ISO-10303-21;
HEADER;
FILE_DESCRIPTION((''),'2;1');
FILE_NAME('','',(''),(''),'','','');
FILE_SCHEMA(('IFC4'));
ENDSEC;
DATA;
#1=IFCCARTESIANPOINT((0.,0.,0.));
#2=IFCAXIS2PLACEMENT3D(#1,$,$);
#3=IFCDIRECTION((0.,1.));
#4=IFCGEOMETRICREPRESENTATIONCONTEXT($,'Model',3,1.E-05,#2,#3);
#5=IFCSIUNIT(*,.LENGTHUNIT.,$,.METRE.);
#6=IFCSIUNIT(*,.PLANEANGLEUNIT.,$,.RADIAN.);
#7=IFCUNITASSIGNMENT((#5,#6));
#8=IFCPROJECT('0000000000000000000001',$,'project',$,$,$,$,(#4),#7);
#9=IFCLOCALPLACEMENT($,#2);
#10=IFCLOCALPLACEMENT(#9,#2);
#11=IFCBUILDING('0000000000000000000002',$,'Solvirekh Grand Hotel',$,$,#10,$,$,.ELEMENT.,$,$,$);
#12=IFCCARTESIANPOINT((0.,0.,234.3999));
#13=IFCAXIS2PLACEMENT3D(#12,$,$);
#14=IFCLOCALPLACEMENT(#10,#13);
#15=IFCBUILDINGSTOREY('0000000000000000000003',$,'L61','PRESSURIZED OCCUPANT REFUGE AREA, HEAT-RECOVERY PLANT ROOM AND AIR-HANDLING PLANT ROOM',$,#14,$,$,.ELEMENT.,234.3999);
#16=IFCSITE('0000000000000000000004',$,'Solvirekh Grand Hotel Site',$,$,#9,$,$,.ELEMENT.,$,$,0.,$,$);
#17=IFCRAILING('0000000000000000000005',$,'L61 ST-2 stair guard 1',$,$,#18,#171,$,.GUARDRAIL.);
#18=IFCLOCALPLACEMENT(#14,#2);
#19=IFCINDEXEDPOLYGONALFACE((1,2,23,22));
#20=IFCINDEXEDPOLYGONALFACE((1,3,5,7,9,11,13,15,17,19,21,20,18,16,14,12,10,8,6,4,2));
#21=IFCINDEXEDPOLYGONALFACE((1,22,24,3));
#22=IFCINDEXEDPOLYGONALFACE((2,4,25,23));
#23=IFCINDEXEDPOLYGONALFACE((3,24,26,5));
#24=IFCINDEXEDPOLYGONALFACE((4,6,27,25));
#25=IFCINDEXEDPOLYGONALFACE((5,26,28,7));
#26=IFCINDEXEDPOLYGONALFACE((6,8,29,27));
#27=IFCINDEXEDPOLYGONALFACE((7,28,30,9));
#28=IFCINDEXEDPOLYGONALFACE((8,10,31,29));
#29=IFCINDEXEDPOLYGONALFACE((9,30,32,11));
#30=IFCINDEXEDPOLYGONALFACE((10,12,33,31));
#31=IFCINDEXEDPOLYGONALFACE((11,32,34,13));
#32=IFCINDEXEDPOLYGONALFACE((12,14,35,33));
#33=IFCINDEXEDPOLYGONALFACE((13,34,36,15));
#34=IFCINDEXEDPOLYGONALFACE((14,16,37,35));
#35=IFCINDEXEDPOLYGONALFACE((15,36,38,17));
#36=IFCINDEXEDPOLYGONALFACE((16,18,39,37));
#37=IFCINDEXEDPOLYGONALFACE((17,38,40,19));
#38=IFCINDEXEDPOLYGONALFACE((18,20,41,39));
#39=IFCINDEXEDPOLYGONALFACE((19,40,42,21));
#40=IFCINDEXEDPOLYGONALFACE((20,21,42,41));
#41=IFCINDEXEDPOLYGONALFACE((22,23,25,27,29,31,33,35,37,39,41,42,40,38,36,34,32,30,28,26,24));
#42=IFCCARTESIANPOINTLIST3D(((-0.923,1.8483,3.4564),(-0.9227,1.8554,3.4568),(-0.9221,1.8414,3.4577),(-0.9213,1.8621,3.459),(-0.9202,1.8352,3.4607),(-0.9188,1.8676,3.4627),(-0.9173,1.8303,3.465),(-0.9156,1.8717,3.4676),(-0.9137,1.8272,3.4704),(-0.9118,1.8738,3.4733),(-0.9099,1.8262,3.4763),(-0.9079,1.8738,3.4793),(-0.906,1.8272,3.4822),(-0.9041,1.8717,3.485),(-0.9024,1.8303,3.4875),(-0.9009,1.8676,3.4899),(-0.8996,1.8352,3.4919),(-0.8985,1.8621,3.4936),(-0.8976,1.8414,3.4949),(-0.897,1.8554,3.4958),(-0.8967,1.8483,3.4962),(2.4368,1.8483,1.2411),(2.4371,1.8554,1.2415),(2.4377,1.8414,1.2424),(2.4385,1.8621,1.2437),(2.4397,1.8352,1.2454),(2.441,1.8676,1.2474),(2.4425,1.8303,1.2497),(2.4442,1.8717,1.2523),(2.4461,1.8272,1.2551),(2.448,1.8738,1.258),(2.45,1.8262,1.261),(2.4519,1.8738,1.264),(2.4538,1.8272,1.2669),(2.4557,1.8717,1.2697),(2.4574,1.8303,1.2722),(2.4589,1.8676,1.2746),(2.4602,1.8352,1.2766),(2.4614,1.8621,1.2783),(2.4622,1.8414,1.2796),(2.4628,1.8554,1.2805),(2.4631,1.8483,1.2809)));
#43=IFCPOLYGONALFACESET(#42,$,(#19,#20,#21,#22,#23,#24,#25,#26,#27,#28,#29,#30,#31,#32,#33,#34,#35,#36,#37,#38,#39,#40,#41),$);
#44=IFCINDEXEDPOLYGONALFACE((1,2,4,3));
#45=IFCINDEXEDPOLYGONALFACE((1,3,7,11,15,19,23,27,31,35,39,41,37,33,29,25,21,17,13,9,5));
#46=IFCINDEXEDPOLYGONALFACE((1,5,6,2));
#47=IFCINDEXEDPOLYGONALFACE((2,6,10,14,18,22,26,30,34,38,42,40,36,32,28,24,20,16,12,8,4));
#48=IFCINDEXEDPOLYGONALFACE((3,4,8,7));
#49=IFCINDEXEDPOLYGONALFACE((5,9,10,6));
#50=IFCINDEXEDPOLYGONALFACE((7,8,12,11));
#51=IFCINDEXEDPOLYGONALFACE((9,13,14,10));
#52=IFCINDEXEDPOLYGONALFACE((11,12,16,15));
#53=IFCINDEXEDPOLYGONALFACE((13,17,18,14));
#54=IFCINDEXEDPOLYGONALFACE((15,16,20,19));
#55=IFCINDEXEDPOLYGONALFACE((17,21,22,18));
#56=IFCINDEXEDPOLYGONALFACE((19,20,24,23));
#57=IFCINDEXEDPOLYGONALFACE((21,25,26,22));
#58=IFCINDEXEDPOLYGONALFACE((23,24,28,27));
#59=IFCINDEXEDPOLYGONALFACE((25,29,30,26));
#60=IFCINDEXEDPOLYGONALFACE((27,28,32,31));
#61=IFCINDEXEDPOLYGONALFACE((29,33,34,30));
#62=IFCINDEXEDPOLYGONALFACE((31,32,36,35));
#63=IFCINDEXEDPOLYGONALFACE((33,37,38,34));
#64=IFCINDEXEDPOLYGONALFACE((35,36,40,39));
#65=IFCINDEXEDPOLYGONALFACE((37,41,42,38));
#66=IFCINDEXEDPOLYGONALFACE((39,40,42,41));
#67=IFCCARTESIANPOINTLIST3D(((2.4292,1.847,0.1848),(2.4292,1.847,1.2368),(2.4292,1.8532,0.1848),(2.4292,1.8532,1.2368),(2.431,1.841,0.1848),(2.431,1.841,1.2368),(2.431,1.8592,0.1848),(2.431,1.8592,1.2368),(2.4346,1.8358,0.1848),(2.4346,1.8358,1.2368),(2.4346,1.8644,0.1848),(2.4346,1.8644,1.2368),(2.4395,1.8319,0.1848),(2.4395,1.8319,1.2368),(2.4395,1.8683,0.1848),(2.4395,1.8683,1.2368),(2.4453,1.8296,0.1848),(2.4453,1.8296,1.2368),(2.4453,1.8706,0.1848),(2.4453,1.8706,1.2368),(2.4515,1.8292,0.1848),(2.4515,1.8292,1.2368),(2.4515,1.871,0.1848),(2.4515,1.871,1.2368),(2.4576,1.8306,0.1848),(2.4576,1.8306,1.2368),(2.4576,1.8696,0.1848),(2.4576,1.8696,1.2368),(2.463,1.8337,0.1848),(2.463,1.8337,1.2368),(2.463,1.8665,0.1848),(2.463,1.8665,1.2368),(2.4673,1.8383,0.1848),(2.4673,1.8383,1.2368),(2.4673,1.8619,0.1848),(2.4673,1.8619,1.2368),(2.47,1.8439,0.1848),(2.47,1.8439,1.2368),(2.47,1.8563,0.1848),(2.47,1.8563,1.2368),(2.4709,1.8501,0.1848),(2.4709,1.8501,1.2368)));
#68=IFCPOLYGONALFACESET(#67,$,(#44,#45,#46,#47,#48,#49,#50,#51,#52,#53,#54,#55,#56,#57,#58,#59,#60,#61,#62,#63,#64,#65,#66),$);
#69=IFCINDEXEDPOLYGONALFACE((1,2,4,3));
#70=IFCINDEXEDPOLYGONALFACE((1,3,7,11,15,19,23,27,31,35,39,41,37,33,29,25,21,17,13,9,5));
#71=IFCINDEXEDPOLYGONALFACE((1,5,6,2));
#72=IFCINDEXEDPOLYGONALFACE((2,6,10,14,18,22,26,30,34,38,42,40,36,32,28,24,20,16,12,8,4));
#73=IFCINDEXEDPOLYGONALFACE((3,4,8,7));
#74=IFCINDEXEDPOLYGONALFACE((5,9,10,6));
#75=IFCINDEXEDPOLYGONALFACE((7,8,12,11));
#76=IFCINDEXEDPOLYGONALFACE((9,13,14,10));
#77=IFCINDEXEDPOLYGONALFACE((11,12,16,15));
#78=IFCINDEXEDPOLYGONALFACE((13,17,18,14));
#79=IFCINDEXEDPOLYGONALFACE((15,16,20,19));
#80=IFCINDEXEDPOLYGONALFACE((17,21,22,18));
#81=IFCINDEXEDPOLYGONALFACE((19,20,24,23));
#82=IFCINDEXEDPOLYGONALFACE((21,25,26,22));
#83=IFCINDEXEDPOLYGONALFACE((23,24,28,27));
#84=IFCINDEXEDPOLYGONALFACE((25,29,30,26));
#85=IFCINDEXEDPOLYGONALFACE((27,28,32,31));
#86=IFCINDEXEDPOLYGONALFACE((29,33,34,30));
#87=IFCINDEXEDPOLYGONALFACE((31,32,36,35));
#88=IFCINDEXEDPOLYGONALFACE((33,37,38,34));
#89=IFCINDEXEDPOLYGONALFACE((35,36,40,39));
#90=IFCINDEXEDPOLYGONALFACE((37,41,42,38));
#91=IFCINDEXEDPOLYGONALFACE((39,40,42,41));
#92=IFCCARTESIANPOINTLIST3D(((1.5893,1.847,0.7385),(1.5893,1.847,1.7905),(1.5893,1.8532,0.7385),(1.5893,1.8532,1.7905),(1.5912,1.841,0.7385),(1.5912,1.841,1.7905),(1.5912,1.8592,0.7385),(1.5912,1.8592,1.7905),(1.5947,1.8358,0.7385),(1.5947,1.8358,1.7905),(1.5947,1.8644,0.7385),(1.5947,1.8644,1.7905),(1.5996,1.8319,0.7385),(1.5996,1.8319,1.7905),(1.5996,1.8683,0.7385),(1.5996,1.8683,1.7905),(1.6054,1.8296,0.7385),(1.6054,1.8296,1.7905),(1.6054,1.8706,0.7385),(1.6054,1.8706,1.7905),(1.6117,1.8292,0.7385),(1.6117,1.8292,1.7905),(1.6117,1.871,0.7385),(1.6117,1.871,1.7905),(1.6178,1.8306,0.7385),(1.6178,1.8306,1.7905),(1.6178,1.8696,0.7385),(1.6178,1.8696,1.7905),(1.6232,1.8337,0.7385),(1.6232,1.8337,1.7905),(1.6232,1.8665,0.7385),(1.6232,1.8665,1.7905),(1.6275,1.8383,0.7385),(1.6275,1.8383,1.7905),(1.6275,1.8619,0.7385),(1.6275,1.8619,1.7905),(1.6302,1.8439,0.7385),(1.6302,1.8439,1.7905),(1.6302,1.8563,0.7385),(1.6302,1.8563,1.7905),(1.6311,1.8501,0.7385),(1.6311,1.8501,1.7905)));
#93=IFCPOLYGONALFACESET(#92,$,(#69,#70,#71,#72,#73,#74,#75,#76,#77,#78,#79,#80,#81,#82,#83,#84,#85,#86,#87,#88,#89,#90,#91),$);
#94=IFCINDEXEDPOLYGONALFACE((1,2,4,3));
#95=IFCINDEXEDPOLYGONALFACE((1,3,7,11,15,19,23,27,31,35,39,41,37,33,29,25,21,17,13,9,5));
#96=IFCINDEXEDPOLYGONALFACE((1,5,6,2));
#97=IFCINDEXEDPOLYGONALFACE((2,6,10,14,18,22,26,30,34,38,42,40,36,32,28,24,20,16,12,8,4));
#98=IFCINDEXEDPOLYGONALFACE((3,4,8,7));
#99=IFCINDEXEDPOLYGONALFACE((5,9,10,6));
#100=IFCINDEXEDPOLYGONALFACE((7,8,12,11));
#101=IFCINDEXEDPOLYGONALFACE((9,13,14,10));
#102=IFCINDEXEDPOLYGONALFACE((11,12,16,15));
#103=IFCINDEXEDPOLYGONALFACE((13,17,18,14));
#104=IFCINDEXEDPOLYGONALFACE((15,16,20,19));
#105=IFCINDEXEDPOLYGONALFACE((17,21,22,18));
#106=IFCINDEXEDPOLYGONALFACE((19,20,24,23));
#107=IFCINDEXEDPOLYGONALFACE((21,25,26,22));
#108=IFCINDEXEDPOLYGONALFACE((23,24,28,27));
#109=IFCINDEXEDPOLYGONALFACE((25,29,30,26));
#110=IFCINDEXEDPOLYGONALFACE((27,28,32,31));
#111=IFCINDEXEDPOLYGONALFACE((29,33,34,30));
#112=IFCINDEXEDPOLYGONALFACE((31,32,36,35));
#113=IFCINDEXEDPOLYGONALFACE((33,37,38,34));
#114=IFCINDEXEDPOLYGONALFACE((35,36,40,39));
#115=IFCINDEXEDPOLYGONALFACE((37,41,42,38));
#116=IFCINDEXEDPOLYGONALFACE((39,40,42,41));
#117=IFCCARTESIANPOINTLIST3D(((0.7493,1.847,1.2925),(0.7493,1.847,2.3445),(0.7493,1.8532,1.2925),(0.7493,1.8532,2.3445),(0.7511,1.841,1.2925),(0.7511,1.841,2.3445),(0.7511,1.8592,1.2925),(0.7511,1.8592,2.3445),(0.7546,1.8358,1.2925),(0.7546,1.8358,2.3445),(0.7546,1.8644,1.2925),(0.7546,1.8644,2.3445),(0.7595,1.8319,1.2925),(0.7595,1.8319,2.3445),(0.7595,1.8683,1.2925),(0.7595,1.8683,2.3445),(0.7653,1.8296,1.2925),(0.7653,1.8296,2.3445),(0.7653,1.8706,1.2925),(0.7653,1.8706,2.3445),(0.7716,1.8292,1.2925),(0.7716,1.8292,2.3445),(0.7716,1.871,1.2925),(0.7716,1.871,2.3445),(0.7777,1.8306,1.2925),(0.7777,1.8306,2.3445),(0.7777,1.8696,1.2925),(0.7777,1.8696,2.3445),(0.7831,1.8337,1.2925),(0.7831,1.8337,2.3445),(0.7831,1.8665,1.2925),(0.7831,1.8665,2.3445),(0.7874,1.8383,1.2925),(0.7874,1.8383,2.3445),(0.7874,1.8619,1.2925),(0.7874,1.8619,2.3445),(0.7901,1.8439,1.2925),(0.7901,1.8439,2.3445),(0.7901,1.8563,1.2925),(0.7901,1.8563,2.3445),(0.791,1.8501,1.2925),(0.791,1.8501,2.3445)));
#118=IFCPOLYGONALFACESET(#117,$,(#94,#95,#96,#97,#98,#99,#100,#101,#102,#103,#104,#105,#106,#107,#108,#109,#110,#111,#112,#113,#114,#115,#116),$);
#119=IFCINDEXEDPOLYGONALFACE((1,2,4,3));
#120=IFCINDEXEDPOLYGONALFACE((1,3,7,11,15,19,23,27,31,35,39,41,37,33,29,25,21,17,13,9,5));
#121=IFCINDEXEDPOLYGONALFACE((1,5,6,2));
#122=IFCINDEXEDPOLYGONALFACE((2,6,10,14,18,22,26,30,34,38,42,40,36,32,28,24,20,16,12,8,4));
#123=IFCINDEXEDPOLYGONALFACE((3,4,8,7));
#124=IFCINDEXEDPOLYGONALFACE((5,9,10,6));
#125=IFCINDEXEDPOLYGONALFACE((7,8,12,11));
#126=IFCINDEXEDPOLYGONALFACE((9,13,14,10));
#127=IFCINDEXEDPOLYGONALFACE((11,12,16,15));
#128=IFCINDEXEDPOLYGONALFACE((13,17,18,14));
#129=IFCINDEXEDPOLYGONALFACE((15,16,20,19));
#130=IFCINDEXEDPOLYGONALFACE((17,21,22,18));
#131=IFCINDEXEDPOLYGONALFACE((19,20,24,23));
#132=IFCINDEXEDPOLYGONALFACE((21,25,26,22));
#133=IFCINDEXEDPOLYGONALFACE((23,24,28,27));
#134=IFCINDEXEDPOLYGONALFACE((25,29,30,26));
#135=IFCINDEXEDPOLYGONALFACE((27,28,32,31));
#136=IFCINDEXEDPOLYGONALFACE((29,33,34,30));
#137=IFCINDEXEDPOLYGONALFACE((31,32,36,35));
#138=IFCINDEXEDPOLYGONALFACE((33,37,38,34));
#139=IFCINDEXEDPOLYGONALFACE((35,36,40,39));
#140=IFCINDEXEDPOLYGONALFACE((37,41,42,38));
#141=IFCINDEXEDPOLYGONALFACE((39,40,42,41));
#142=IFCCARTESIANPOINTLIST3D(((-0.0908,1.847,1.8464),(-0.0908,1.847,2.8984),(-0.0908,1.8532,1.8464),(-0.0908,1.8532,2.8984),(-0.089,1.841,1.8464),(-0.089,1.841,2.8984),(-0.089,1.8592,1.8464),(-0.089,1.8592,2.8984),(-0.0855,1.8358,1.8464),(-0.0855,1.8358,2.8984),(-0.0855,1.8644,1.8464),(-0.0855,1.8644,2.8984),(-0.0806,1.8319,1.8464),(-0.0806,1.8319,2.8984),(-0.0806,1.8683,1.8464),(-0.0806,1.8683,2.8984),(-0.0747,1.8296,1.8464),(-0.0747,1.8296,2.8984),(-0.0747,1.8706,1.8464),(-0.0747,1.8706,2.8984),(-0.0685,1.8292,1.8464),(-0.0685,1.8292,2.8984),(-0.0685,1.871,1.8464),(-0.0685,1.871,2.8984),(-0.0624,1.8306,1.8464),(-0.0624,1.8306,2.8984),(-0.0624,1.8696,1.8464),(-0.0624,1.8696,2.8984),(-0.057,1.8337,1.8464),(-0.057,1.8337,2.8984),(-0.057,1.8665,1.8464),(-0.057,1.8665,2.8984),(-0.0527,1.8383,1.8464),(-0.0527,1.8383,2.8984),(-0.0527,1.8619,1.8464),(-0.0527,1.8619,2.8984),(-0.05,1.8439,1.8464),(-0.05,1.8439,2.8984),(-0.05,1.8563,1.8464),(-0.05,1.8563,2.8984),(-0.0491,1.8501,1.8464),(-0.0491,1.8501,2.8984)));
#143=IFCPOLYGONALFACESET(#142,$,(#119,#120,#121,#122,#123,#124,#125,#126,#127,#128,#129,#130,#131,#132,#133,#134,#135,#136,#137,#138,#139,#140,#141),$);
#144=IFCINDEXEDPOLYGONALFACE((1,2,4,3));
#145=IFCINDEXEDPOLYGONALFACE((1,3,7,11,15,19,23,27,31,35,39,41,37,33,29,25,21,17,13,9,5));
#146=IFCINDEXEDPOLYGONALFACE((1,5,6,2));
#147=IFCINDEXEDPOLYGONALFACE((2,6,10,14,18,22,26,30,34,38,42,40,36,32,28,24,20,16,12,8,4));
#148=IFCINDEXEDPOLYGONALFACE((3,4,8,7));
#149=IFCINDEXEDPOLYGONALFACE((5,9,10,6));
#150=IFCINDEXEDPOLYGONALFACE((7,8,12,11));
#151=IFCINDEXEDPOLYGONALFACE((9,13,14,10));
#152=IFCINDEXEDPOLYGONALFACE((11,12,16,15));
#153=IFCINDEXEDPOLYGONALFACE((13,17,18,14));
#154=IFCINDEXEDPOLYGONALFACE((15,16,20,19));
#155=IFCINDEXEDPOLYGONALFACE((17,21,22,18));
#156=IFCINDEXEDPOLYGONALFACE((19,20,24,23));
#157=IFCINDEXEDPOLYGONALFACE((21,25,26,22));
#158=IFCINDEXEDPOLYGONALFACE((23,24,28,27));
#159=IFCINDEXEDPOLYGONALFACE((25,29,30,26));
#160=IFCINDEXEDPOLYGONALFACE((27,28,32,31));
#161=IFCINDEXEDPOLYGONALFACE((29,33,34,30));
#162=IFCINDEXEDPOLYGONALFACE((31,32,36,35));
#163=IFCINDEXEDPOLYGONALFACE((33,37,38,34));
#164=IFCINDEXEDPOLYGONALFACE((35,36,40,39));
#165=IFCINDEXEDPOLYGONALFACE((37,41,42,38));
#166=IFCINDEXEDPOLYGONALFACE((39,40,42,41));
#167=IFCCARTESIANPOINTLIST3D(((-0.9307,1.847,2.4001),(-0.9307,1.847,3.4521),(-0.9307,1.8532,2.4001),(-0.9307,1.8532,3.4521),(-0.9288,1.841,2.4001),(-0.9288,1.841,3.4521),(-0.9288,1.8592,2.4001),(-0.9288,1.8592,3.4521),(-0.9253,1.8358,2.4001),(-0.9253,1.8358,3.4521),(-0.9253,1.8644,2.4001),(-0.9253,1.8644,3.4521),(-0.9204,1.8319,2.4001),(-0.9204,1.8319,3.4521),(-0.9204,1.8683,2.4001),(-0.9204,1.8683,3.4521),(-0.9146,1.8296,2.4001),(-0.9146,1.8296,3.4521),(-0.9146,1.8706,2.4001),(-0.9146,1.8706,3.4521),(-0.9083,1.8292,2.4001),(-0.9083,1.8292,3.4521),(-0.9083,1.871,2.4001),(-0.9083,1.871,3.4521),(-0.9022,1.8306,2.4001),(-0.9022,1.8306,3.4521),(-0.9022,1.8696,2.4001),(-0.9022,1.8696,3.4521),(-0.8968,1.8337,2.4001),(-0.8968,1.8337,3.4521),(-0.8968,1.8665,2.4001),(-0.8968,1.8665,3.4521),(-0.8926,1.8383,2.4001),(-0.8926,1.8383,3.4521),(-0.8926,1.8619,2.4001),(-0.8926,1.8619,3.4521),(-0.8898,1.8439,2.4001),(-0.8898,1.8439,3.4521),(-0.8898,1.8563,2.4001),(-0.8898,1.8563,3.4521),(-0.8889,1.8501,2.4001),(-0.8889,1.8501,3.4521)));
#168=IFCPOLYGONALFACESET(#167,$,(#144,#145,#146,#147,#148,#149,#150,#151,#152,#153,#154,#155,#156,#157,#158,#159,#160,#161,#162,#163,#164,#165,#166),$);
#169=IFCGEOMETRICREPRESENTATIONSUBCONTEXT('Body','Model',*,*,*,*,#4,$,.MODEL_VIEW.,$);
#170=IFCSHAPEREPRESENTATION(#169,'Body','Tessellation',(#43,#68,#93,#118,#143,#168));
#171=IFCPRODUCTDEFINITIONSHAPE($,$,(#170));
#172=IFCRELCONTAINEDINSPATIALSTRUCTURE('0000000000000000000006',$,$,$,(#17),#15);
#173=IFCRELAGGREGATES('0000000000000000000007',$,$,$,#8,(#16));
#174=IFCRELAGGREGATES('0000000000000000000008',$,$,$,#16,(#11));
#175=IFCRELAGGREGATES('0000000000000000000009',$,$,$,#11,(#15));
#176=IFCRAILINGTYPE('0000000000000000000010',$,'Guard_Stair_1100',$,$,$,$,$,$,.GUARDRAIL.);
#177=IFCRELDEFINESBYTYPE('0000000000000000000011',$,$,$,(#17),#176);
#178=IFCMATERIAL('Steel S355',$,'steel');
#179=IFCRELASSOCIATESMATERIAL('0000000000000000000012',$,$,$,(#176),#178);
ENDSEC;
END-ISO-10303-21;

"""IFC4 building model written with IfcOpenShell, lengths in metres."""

from ifc_helpers import new_model, si_unit, direction, frame, origin, origin_2d, place, context, subcontext, project, spatial, circle, extrude, material, type_object, element, save


model = new_model("IFC4")

# Units and contexts
model_context = context("Model", 3, precision=1e-05, world=origin(), true_north=direction((0.0, 1.0)))
body_context = subcontext(model_context, "Body", "Model", "MODEL_VIEW")
ifc_project = project(units=[si_unit("LENGTHUNIT", "METRE"), si_unit("PLANEANGLEUNIT", "RADIAN")], contexts=[model_context])

# Site, building, storey
site_placement = place(None, origin())
site = spatial("IfcSite", under=ifc_project, at=site_placement, Name="Solvirekh Grand Hotel Site", CompositionType="ELEMENT", RefElevation=0.0)
building_placement = place(site_placement, origin())
building = spatial("IfcBuilding", under=site, at=building_placement, Name="Solvirekh Grand Hotel", CompositionType="ELEMENT")
storey_placement = place(building_placement, frame((0.0, 0.0, 234.3999)))
storey = spatial("IfcBuildingStorey", under=building, at=storey_placement, Name="L61", Description="PRESSURIZED OCCUPANT REFUGE AREA, HEAT-RECOVERY PLANT ROOM AND AIR-HANDLING PLANT ROOM", CompositionType="ELEMENT", Elevation=234.3999)

# Shared definitions
ifc_material_1 = material(Name="Steel S355", Category="steel")

# Railing
railing_type_1 = type_object("IfcRailingType", Name="Guard_Stair_1100", PredefinedType="GUARDRAIL", material=ifc_material_1)
railing_1_placement = place(storey_placement, frame((2.45, 1.8501, 0.1848)))
element("IfcRailing", 1, at=railing_1_placement, inside=storey, type_object=railing_type_1, Name="L61 ST-2 stair guard 1", PredefinedType="GUARDRAIL", context=body_context, shape_type="SweptSolid", body=[
    extrude(circle(Radius=0.0239, at=origin_2d()), frame((0.0, 0.0, 1.0762), z_axis=(-0.834858, 0.0, 0.550465), x_axis=(0.0, -1.0, 0.0)), (0.0, 0.0, 1.0), 4.0244),
    extrude(circle(Radius=0.021, at=origin_2d()), origin(), (0.0, 0.0, 1.0), 1.052),
    extrude(circle(Radius=0.021, at=origin_2d()), frame((-0.8398, 0.0, 0.5537)), (0.0, 0.0, 1.0), 1.052),
    extrude(circle(Radius=0.021, at=origin_2d()), frame((-1.6799, 0.0, 1.1077)), (0.0, 0.0, 1.0), 1.052),
    extrude(circle(Radius=0.021, at=origin_2d()), frame((-2.52, 0.0, 1.6616)), (0.0, 0.0, 1.0), 1.052),
    extrude(circle(Radius=0.021, at=origin_2d()), frame((-3.3599, 0.0, 2.2153)), (0.0, 0.0, 1.0), 1.052),
])

save(model, "model.ifc")
